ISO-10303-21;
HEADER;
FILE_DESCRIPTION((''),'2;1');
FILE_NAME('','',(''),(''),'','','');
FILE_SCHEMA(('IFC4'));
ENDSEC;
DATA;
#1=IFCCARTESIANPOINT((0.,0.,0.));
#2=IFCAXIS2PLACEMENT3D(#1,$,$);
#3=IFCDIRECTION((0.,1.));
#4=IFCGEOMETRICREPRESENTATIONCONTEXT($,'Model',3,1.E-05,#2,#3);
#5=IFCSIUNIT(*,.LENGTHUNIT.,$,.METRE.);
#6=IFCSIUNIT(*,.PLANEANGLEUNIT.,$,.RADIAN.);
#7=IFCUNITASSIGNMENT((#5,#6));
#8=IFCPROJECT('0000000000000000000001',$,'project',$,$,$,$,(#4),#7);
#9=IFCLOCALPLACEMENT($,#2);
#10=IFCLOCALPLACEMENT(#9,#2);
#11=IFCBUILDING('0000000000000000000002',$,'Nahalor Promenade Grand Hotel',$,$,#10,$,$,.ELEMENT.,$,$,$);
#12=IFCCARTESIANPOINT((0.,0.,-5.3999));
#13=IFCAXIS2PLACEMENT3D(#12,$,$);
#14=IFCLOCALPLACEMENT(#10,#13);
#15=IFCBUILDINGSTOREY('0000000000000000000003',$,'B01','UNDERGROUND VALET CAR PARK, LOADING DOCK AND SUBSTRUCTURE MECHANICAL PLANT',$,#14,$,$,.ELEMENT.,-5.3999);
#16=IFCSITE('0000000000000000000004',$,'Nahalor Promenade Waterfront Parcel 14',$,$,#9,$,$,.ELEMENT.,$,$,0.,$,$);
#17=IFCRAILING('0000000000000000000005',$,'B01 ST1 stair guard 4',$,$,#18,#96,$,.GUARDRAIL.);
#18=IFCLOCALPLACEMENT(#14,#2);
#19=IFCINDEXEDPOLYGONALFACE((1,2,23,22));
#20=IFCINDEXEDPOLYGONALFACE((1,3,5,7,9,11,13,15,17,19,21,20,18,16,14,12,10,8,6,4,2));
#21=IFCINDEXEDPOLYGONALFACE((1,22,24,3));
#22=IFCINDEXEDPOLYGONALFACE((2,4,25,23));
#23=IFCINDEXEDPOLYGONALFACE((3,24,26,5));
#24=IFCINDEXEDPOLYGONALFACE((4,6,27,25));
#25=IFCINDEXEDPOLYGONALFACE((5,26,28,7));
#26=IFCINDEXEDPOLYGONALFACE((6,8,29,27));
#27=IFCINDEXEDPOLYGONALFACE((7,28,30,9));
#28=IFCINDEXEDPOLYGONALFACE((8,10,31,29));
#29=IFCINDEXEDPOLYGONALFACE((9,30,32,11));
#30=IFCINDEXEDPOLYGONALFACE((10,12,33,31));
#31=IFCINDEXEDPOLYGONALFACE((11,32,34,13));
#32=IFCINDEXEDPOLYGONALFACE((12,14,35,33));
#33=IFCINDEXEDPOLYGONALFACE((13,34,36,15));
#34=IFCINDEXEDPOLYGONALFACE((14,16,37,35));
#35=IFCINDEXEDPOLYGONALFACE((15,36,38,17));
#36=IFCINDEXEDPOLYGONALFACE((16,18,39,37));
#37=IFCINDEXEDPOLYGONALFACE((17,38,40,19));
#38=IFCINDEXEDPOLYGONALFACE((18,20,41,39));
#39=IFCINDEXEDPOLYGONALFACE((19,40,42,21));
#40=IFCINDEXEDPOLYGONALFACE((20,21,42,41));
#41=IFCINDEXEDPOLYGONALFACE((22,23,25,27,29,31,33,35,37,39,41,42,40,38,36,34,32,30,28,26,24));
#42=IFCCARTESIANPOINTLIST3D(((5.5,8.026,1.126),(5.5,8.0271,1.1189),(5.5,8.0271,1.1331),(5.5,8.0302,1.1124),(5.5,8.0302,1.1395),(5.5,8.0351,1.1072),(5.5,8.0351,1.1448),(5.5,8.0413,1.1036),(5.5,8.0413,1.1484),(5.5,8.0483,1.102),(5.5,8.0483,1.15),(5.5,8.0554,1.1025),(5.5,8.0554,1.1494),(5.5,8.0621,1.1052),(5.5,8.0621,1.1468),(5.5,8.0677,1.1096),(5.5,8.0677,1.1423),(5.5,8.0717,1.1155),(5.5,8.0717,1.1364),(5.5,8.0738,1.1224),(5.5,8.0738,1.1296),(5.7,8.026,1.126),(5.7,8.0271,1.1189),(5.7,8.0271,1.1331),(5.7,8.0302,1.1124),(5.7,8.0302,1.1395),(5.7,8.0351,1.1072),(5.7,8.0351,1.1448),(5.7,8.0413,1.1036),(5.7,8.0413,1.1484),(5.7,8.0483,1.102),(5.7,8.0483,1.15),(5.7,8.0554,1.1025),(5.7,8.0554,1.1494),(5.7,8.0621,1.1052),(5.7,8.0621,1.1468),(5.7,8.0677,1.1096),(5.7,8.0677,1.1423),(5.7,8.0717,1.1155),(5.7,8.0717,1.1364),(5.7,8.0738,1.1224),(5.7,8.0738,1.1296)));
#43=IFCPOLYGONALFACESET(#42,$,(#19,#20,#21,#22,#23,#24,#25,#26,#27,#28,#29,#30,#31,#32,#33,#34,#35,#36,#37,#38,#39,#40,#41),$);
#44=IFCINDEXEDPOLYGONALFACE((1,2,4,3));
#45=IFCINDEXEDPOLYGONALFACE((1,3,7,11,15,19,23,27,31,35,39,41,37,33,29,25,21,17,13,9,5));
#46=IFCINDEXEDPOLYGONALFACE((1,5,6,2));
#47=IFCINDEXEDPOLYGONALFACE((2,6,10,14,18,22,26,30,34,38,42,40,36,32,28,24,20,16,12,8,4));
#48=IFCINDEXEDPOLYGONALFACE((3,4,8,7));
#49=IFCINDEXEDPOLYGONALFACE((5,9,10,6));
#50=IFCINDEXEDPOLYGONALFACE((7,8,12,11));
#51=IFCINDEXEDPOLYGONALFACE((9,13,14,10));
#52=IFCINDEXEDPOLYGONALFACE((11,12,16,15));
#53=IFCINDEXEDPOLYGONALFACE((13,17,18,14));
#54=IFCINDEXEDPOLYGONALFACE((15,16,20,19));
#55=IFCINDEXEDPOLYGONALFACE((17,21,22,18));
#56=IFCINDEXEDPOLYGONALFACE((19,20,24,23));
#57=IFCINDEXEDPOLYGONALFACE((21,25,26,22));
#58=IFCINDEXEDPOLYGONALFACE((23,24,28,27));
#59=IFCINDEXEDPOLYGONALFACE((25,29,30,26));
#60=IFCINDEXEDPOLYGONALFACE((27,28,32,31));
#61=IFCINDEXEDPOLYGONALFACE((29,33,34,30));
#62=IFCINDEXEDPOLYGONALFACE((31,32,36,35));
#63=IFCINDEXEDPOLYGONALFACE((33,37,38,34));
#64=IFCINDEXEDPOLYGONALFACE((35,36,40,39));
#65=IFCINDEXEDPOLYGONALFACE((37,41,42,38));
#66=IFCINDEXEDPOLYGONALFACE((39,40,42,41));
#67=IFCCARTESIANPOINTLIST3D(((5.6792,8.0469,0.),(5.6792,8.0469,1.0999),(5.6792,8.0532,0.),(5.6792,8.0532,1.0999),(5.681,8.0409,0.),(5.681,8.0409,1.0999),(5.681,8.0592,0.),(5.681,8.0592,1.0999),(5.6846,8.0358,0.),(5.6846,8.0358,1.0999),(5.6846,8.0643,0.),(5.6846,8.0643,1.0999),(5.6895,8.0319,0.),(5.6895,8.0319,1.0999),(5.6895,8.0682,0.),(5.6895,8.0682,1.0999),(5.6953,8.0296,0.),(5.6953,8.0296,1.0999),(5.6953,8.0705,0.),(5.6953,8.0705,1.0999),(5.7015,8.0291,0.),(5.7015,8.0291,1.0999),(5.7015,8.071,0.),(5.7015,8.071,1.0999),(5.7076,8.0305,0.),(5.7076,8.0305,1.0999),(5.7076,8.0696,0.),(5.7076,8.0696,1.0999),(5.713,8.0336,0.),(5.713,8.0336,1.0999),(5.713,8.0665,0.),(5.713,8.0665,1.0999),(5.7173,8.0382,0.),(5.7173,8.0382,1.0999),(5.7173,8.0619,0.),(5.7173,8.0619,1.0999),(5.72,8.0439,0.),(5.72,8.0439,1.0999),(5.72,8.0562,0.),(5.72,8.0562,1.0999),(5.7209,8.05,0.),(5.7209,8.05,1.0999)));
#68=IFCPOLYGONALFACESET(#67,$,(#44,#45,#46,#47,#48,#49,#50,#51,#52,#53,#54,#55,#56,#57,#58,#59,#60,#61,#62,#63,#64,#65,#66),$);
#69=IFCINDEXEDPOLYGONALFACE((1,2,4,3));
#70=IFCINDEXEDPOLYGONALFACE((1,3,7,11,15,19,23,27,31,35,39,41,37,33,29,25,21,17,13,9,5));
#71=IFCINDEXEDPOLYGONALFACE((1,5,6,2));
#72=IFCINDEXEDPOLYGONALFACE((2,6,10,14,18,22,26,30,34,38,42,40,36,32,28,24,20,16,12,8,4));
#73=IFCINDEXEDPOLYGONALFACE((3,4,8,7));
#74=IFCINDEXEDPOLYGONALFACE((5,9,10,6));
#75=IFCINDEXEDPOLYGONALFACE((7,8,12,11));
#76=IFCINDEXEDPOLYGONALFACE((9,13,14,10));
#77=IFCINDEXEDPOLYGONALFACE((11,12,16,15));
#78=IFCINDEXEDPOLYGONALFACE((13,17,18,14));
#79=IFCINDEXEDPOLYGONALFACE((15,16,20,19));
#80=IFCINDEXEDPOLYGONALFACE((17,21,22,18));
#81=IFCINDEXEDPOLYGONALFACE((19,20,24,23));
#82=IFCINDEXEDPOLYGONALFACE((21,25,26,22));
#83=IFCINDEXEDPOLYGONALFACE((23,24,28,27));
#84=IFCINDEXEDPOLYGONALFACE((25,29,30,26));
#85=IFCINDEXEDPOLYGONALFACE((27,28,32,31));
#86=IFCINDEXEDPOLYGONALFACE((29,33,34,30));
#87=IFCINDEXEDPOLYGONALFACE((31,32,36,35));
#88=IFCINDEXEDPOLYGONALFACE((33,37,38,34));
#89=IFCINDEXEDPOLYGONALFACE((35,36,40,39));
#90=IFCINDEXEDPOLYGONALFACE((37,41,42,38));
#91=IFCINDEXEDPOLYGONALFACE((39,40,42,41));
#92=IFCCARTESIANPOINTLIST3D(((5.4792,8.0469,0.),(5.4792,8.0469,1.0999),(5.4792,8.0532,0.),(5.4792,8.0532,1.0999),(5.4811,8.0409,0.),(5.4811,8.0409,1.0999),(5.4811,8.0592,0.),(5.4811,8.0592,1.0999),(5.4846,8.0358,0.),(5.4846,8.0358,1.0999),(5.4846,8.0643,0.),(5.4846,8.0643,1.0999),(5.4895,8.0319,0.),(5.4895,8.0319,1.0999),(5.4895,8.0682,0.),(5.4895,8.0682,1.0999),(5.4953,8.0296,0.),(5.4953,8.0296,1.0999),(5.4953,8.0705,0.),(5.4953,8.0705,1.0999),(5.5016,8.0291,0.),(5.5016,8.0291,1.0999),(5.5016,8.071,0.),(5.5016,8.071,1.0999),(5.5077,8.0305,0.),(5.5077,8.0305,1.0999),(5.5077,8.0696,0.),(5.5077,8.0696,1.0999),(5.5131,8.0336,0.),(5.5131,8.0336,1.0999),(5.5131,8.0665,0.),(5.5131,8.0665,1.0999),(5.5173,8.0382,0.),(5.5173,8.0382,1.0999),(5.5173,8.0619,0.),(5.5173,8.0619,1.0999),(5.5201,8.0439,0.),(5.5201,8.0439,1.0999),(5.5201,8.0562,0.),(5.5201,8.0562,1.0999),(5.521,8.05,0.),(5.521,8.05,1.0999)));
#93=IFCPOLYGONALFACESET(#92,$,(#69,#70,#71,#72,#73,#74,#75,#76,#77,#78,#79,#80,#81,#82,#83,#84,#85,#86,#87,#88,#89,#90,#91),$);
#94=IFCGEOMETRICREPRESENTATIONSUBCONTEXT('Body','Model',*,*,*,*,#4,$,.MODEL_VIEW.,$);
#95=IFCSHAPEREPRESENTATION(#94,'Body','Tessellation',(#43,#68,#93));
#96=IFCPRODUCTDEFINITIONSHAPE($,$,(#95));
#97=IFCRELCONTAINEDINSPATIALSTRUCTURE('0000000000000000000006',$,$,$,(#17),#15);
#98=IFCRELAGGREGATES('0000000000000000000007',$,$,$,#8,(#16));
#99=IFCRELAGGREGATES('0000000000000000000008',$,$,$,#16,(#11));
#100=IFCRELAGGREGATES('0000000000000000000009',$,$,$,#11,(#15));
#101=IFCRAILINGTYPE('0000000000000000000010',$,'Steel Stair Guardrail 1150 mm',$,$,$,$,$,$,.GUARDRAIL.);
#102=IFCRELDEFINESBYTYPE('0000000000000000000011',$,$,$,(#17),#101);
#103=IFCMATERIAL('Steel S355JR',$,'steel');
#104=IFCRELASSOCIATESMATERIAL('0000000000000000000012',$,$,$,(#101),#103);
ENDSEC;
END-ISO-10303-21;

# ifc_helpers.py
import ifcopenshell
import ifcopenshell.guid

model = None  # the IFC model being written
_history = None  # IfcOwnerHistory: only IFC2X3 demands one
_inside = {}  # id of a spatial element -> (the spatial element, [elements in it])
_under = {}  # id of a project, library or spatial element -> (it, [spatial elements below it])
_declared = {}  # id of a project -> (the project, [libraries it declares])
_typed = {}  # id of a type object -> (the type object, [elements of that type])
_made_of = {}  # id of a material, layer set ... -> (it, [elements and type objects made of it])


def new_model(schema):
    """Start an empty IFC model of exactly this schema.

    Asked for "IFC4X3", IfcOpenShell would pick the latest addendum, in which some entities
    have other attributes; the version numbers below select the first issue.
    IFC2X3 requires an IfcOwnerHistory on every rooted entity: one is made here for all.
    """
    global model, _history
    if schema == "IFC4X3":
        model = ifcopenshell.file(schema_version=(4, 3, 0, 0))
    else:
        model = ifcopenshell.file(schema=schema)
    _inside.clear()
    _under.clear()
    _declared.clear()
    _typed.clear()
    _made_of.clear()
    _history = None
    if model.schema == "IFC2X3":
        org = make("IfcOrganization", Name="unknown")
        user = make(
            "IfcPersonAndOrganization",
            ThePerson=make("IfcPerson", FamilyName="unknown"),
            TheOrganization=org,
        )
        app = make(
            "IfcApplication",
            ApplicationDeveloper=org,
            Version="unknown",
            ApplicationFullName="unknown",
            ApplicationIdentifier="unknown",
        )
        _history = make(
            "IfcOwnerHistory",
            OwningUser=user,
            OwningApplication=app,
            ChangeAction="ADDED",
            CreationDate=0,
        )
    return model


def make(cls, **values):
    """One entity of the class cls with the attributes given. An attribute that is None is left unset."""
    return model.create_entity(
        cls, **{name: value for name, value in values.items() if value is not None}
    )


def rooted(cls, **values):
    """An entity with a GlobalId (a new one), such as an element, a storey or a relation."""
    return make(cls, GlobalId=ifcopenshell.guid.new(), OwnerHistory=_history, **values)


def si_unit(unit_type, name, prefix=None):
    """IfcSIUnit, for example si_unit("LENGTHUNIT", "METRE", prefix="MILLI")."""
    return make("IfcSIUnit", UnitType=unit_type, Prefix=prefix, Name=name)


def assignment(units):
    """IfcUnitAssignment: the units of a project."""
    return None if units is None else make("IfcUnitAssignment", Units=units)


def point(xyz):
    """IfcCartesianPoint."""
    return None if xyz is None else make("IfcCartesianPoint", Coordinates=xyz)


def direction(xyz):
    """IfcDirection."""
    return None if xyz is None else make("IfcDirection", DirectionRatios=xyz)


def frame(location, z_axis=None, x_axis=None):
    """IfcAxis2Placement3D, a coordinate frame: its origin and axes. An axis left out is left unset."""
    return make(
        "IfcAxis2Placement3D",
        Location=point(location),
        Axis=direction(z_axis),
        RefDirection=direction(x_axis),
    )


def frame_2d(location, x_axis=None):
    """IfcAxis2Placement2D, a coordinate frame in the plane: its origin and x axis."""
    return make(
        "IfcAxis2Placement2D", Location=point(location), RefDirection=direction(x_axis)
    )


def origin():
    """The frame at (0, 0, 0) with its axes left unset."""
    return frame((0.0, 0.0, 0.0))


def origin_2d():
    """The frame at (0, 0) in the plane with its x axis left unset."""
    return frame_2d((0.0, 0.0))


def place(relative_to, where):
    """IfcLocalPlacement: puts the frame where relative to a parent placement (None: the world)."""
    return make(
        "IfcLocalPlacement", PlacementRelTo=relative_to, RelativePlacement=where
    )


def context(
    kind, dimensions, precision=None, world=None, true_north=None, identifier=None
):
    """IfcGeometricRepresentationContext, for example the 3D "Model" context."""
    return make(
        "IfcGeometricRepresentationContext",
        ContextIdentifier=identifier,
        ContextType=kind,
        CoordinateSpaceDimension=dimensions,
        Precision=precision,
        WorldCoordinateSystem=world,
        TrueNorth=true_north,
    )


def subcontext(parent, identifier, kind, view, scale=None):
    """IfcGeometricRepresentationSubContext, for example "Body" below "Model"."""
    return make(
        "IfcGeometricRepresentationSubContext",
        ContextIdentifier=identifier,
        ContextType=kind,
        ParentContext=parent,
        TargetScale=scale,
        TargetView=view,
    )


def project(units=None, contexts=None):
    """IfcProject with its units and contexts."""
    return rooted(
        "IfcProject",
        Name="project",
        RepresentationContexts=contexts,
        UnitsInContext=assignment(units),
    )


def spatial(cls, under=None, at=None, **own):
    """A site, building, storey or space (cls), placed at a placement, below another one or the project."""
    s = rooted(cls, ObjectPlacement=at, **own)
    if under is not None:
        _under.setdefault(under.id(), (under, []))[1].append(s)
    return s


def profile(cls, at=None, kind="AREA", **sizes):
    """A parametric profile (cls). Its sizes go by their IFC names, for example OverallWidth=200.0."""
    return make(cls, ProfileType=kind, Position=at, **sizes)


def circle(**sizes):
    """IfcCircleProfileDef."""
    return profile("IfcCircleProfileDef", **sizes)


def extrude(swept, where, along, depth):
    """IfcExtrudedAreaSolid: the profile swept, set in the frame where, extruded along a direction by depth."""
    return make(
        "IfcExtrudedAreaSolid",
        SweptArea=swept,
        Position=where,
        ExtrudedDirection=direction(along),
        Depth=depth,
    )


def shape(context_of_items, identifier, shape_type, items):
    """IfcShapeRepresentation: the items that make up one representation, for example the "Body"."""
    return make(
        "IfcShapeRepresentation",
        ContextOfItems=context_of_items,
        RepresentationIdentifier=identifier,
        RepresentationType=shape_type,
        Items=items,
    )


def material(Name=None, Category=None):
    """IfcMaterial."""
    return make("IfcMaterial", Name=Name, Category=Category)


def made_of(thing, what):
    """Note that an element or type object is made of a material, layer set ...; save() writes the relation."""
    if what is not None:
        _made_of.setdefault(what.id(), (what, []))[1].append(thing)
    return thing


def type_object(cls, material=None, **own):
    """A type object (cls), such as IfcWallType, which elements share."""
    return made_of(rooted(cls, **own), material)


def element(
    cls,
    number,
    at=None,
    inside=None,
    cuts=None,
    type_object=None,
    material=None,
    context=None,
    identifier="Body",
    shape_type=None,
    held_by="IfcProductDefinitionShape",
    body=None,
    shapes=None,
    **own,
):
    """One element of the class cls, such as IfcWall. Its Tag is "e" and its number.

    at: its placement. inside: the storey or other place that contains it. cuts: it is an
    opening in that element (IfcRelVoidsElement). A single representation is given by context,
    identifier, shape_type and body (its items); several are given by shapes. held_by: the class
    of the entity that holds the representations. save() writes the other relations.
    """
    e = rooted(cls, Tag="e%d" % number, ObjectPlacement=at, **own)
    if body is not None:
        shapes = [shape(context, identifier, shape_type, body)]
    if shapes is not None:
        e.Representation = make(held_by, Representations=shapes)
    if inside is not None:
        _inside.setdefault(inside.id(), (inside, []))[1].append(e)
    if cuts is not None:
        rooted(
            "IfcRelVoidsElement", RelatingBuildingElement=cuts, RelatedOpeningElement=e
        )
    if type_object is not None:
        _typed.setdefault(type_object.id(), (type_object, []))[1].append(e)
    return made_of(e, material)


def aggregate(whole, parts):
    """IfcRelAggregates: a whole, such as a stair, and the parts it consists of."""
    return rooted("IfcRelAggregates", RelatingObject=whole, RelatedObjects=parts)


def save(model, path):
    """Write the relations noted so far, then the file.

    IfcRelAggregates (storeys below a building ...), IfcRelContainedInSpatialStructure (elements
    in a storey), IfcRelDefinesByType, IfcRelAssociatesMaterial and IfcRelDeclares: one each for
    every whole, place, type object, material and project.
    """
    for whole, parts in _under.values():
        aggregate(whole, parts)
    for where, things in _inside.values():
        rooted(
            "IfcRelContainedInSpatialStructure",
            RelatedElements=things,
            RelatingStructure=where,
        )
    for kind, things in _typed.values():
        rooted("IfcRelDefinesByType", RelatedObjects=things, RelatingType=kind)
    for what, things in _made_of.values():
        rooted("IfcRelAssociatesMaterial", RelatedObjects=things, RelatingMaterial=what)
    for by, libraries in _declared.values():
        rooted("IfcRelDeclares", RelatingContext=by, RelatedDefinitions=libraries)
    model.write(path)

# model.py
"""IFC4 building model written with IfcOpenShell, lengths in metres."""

from ifc_helpers import new_model, si_unit, direction, frame, origin, origin_2d, place, context, subcontext, project, spatial, circle, extrude, material, type_object, element, save


model = new_model("IFC4")

# Units and contexts
model_context = context("Model", 3, precision=1e-05, world=origin(), true_north=direction((0.0, 1.0)))
body_context = subcontext(model_context, "Body", "Model", "MODEL_VIEW")
ifc_project = project(units=[si_unit("LENGTHUNIT", "METRE"), si_unit("PLANEANGLEUNIT", "RADIAN")], contexts=[model_context])

# Site, building, storey
site_placement = place(None, origin())
site = spatial("IfcSite", under=ifc_project, at=site_placement, Name="Nahalor Promenade Waterfront Parcel 14", CompositionType="ELEMENT", RefElevation=0.0)
building_placement = place(site_placement, origin())
building = spatial("IfcBuilding", under=site, at=building_placement, Name="Nahalor Promenade Grand Hotel", CompositionType="ELEMENT")
storey_placement = place(building_placement, frame((0.0, 0.0, -5.3999)))
storey = spatial("IfcBuildingStorey", under=building, at=storey_placement, Name="B01", Description="UNDERGROUND VALET CAR PARK, LOADING DOCK AND SUBSTRUCTURE MECHANICAL PLANT", CompositionType="ELEMENT", Elevation=-5.3999)

# Shared definitions
ifc_material_1 = material(Name="Steel S355JR", Category="steel")

# Railing
railing_type_1 = type_object("IfcRailingType", Name="Steel Stair Guardrail 1150 mm", PredefinedType="GUARDRAIL", material=ifc_material_1)
railing_1_placement = place(storey_placement, frame((5.7, 8.05, 0.0)))
element("IfcRailing", 1, at=railing_1_placement, inside=storey, type_object=railing_type_1, Name="B01 ST1 stair guard 4", PredefinedType="GUARDRAIL", context=body_context, shape_type="SweptSolid", body=[
    extrude(circle(Radius=0.024, at=origin_2d()), frame((0.0, 0.0, 1.126), z_axis=(-1.0, 0.0, 0.0), x_axis=(0.0, -1.0, 0.0)), (0.0, 0.0, 1.0), 0.2),
    extrude(circle(Radius=0.021, at=origin_2d()), origin(), (0.0, 0.0, 1.0), 1.0999),
    extrude(circle(Radius=0.021, at=origin_2d()), frame((-0.2, 0.0, 0.0)), (0.0, 0.0, 1.0), 1.0999),
])

save(model, "model.ifc")
